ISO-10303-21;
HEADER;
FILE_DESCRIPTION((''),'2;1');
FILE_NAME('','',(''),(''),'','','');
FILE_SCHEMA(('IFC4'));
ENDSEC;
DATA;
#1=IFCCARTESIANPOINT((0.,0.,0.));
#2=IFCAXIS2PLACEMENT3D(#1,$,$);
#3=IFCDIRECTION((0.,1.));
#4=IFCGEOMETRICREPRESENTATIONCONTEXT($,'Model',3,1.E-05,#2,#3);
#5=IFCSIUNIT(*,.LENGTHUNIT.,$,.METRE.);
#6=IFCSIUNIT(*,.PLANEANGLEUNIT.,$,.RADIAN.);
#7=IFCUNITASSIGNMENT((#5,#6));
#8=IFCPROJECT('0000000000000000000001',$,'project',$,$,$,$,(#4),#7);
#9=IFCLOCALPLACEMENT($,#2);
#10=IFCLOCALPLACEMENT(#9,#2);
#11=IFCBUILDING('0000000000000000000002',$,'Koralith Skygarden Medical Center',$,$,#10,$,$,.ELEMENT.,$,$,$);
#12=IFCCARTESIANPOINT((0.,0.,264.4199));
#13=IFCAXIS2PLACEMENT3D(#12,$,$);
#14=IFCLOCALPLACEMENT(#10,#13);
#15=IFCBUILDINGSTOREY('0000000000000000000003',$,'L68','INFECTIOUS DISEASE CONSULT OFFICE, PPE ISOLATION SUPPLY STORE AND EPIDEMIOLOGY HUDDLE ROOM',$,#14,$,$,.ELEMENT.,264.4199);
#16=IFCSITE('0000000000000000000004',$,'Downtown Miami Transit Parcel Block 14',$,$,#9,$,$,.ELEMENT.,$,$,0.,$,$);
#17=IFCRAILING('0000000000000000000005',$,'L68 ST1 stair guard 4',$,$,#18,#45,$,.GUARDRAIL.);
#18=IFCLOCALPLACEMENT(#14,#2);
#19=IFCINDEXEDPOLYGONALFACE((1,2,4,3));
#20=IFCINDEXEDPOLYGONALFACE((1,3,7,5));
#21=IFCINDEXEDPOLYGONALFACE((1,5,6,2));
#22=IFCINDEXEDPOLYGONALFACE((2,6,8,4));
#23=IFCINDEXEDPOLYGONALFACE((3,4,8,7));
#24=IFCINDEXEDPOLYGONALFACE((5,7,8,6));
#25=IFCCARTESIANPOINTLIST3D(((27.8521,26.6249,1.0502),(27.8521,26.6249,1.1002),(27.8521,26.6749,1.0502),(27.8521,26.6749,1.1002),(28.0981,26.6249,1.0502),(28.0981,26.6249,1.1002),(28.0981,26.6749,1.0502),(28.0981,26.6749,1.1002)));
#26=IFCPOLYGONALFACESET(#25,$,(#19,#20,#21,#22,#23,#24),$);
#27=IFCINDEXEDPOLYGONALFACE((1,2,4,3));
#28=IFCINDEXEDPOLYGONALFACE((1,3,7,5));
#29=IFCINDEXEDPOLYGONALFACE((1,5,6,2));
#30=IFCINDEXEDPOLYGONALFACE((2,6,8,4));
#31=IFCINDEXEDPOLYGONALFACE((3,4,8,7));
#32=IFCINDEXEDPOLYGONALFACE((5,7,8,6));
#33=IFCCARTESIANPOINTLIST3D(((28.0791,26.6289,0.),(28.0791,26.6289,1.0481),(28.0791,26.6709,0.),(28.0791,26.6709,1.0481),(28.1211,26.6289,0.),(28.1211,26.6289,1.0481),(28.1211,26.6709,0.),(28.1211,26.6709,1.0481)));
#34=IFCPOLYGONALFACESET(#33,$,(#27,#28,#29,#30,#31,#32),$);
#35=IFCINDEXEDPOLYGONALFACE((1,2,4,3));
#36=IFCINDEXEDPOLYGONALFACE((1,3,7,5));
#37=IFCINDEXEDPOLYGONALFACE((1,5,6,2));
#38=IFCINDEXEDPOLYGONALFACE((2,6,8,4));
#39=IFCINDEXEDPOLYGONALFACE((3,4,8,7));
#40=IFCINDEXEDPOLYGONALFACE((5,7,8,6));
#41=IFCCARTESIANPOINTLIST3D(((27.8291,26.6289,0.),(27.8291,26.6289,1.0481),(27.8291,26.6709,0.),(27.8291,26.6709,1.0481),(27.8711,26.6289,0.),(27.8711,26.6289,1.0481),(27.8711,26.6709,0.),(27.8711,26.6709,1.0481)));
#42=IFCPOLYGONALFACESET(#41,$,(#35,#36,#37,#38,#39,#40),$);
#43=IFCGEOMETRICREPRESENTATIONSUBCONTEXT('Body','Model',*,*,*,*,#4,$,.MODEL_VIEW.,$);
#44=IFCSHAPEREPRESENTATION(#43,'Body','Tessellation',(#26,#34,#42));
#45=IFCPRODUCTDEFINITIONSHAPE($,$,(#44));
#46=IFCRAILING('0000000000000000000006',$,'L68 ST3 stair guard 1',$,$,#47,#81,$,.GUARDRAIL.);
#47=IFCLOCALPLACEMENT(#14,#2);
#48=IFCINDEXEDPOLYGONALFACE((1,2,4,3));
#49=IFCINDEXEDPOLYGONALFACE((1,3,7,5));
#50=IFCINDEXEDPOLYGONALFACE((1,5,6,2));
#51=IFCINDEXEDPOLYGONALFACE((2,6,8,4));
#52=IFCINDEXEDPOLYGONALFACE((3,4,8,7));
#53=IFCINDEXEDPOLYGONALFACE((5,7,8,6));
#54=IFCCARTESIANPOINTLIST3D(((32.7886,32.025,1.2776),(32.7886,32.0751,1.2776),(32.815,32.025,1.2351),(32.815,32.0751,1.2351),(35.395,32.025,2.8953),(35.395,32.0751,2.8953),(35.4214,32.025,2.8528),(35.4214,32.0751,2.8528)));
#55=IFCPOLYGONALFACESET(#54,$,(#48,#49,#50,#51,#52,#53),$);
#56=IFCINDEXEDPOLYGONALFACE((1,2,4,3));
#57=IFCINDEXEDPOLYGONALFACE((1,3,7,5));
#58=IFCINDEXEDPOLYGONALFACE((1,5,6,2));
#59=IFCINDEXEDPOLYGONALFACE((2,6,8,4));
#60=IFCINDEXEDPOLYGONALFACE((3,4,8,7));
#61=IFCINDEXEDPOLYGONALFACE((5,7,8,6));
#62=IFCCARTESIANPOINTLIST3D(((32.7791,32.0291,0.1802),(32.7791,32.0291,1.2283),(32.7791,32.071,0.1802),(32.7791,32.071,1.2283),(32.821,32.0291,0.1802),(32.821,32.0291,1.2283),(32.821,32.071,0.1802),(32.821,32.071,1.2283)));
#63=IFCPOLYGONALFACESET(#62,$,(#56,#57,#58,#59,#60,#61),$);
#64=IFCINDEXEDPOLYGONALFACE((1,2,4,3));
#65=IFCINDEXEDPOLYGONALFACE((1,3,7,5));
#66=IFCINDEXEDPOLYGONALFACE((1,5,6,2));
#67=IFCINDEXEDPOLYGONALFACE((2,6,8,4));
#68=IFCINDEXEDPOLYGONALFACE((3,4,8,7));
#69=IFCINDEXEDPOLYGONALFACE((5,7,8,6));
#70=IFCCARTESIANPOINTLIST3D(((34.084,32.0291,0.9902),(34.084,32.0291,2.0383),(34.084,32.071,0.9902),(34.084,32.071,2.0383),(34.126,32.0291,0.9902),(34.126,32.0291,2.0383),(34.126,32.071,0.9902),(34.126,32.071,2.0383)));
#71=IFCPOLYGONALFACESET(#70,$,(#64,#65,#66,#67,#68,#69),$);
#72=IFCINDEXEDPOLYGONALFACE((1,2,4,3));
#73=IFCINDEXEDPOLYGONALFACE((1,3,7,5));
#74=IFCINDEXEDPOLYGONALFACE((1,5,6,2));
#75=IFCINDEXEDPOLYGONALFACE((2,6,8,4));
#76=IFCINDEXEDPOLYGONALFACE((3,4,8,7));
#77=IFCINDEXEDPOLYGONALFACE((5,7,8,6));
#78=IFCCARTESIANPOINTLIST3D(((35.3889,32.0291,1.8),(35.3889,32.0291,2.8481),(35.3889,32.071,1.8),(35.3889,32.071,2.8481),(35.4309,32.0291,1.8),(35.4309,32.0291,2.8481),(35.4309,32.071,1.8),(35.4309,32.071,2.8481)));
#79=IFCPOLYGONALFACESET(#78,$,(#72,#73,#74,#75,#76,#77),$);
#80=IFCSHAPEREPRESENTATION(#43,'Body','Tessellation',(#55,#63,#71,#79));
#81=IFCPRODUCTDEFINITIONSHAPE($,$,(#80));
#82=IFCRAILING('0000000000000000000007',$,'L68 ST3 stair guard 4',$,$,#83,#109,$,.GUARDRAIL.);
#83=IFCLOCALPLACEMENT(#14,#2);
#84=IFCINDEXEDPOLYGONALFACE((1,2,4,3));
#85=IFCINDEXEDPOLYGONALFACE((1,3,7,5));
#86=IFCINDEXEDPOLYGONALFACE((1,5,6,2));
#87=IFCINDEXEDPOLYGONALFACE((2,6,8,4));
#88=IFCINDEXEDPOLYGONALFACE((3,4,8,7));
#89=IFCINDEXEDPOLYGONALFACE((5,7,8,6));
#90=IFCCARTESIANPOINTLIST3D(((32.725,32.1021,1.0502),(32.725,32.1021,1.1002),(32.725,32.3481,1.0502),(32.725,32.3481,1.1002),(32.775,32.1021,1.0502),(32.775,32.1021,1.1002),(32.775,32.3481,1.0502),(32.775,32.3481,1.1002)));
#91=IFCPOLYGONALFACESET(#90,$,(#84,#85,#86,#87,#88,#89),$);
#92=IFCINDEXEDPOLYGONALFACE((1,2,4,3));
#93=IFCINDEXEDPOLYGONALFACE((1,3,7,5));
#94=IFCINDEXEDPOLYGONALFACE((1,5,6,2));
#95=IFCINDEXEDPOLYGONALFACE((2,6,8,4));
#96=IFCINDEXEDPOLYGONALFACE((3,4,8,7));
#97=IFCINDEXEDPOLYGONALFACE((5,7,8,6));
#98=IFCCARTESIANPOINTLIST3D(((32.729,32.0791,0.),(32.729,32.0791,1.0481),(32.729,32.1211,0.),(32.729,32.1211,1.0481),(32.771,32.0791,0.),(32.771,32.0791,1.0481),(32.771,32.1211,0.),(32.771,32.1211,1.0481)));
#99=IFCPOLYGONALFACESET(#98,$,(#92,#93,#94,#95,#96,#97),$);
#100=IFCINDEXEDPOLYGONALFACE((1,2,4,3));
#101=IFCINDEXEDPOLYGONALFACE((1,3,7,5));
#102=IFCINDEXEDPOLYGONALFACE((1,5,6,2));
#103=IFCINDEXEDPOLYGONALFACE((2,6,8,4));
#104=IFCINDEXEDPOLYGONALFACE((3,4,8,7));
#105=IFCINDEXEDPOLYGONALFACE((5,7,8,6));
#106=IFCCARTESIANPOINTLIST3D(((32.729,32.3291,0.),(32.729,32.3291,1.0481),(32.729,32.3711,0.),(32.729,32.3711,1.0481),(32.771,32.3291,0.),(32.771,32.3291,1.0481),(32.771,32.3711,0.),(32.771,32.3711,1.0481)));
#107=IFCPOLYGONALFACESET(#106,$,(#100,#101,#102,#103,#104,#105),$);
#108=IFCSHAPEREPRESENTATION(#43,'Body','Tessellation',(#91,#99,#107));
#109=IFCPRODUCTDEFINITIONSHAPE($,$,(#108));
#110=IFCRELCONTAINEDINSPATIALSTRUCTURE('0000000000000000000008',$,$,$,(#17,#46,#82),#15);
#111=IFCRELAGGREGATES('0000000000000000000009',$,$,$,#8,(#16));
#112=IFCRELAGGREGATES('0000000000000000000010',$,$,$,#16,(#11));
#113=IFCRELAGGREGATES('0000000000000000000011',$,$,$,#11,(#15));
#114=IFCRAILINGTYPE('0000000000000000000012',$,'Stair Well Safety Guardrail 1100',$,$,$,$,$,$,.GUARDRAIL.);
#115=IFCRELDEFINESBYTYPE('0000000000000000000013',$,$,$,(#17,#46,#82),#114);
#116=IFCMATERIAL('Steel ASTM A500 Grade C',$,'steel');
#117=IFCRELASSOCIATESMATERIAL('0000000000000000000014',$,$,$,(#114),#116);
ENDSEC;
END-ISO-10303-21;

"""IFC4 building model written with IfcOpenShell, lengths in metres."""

from ifc_helpers import new_model, si_unit, direction, frame, origin, origin_2d, place, context, subcontext, project, spatial, rectangle, extrude, material, type_object, element, save


model = new_model("IFC4")

# Units and contexts
model_context = context("Model", 3, precision=1e-05, world=origin(), true_north=direction((0.0, 1.0)))
body_context = subcontext(model_context, "Body", "Model", "MODEL_VIEW")
ifc_project = project(units=[si_unit("LENGTHUNIT", "METRE"), si_unit("PLANEANGLEUNIT", "RADIAN")], contexts=[model_context])

# Site, building, storey
site_placement = place(None, origin())
site = spatial("IfcSite", under=ifc_project, at=site_placement, Name="Downtown Miami Transit Parcel Block 14", CompositionType="ELEMENT", RefElevation=0.0)
building_placement = place(site_placement, origin())
building = spatial("IfcBuilding", under=site, at=building_placement, Name="Koralith Skygarden Medical Center", CompositionType="ELEMENT")
storey_placement = place(building_placement, frame((0.0, 0.0, 264.4199)))
storey = spatial("IfcBuildingStorey", under=building, at=storey_placement, Name="L68", Description="INFECTIOUS DISEASE CONSULT OFFICE, PPE ISOLATION SUPPLY STORE AND EPIDEMIOLOGY HUDDLE ROOM", CompositionType="ELEMENT", Elevation=264.4199)

# Railings
ifc_material_1 = material(Name="Steel ASTM A500 Grade C", Category="steel")
railing_type_1 = type_object("IfcRailingType", Name="Stair Well Safety Guardrail 1100", PredefinedType="GUARDRAIL", material=ifc_material_1)
railing_1_placement = place(storey_placement, frame((28.1001, 26.6499, 0.0)))
element("IfcRailing", 1, at=railing_1_placement, inside=storey, type_object=railing_type_1, Name="L68 ST1 stair guard 4", PredefinedType="GUARDRAIL", context=body_context, shape_type="SweptSolid", body=[
    extrude(rectangle(XDim=0.05, YDim=0.05, at=origin_2d()), frame((-0.002, 0.0, 1.0752), z_axis=(-1.0, 0.0, 0.0), x_axis=(0.0, -1.0, 0.0)), (0.0, 0.0, 1.0), 0.2461),
    extrude(rectangle(XDim=0.042, YDim=0.042, at=origin_2d()), origin(), (0.0, 0.0, 1.0), 1.0481),
    extrude(rectangle(XDim=0.042, YDim=0.042, at=origin_2d()), frame((-0.25, 0.0, 0.0)), (0.0, 0.0, 1.0), 1.0481),
])
railing_2_placement = place(storey_placement, frame((32.8, 32.05, 0.1802)))
element("IfcRailing", 2, at=railing_2_placement, inside=storey, type_object=railing_type_1, Name="L68 ST3 stair guard 1", PredefinedType="GUARDRAIL", context=body_context, shape_type="SweptSolid", body=[
    extrude(rectangle(XDim=0.05, YDim=0.05, at=origin_2d()), frame((0.0017, 0.0, 1.0762), z_axis=(0.849646, 0.0, 0.527353), x_axis=(0.0, 1.0, 0.0)), (0.0, 0.0, 1.0), 3.0676),
    extrude(rectangle(XDim=0.042, YDim=0.042, at=origin_2d()), origin(), (0.0, 0.0, 1.0), 1.0481),
    extrude(rectangle(XDim=0.042, YDim=0.042, at=origin_2d()), frame((1.3049, 0.0, 0.8101)), (0.0, 0.0, 1.0), 1.0481),
    extrude(rectangle(XDim=0.042, YDim=0.042, at=origin_2d()), frame((2.6099, 0.0, 1.6199)), (0.0, 0.0, 1.0), 1.0481),
])
railing_3_placement = place(storey_placement, frame((32.75, 32.1001, 0.0)))
element("IfcRailing", 3, at=railing_3_placement, inside=storey, type_object=railing_type_1, Name="L68 ST3 stair guard 4", PredefinedType="GUARDRAIL", context=body_context, shape_type="SweptSolid", body=[
    extrude(rectangle(XDim=0.05, YDim=0.05, at=origin_2d()), frame((0.0, 0.002, 1.0752), z_axis=(0.0, 1.0, 0.0), x_axis=(-1.0, 0.0, 0.0)), (0.0, 0.0, 1.0), 0.2461),
    extrude(rectangle(XDim=0.042, YDim=0.042, at=origin_2d()), origin(), (0.0, 0.0, 1.0), 1.0481),
    extrude(rectangle(XDim=0.042, YDim=0.042, at=origin_2d()), frame((0.0, 0.25, 0.0)), (0.0, 0.0, 1.0), 1.0481),
])

save(model, "model.ifc")
